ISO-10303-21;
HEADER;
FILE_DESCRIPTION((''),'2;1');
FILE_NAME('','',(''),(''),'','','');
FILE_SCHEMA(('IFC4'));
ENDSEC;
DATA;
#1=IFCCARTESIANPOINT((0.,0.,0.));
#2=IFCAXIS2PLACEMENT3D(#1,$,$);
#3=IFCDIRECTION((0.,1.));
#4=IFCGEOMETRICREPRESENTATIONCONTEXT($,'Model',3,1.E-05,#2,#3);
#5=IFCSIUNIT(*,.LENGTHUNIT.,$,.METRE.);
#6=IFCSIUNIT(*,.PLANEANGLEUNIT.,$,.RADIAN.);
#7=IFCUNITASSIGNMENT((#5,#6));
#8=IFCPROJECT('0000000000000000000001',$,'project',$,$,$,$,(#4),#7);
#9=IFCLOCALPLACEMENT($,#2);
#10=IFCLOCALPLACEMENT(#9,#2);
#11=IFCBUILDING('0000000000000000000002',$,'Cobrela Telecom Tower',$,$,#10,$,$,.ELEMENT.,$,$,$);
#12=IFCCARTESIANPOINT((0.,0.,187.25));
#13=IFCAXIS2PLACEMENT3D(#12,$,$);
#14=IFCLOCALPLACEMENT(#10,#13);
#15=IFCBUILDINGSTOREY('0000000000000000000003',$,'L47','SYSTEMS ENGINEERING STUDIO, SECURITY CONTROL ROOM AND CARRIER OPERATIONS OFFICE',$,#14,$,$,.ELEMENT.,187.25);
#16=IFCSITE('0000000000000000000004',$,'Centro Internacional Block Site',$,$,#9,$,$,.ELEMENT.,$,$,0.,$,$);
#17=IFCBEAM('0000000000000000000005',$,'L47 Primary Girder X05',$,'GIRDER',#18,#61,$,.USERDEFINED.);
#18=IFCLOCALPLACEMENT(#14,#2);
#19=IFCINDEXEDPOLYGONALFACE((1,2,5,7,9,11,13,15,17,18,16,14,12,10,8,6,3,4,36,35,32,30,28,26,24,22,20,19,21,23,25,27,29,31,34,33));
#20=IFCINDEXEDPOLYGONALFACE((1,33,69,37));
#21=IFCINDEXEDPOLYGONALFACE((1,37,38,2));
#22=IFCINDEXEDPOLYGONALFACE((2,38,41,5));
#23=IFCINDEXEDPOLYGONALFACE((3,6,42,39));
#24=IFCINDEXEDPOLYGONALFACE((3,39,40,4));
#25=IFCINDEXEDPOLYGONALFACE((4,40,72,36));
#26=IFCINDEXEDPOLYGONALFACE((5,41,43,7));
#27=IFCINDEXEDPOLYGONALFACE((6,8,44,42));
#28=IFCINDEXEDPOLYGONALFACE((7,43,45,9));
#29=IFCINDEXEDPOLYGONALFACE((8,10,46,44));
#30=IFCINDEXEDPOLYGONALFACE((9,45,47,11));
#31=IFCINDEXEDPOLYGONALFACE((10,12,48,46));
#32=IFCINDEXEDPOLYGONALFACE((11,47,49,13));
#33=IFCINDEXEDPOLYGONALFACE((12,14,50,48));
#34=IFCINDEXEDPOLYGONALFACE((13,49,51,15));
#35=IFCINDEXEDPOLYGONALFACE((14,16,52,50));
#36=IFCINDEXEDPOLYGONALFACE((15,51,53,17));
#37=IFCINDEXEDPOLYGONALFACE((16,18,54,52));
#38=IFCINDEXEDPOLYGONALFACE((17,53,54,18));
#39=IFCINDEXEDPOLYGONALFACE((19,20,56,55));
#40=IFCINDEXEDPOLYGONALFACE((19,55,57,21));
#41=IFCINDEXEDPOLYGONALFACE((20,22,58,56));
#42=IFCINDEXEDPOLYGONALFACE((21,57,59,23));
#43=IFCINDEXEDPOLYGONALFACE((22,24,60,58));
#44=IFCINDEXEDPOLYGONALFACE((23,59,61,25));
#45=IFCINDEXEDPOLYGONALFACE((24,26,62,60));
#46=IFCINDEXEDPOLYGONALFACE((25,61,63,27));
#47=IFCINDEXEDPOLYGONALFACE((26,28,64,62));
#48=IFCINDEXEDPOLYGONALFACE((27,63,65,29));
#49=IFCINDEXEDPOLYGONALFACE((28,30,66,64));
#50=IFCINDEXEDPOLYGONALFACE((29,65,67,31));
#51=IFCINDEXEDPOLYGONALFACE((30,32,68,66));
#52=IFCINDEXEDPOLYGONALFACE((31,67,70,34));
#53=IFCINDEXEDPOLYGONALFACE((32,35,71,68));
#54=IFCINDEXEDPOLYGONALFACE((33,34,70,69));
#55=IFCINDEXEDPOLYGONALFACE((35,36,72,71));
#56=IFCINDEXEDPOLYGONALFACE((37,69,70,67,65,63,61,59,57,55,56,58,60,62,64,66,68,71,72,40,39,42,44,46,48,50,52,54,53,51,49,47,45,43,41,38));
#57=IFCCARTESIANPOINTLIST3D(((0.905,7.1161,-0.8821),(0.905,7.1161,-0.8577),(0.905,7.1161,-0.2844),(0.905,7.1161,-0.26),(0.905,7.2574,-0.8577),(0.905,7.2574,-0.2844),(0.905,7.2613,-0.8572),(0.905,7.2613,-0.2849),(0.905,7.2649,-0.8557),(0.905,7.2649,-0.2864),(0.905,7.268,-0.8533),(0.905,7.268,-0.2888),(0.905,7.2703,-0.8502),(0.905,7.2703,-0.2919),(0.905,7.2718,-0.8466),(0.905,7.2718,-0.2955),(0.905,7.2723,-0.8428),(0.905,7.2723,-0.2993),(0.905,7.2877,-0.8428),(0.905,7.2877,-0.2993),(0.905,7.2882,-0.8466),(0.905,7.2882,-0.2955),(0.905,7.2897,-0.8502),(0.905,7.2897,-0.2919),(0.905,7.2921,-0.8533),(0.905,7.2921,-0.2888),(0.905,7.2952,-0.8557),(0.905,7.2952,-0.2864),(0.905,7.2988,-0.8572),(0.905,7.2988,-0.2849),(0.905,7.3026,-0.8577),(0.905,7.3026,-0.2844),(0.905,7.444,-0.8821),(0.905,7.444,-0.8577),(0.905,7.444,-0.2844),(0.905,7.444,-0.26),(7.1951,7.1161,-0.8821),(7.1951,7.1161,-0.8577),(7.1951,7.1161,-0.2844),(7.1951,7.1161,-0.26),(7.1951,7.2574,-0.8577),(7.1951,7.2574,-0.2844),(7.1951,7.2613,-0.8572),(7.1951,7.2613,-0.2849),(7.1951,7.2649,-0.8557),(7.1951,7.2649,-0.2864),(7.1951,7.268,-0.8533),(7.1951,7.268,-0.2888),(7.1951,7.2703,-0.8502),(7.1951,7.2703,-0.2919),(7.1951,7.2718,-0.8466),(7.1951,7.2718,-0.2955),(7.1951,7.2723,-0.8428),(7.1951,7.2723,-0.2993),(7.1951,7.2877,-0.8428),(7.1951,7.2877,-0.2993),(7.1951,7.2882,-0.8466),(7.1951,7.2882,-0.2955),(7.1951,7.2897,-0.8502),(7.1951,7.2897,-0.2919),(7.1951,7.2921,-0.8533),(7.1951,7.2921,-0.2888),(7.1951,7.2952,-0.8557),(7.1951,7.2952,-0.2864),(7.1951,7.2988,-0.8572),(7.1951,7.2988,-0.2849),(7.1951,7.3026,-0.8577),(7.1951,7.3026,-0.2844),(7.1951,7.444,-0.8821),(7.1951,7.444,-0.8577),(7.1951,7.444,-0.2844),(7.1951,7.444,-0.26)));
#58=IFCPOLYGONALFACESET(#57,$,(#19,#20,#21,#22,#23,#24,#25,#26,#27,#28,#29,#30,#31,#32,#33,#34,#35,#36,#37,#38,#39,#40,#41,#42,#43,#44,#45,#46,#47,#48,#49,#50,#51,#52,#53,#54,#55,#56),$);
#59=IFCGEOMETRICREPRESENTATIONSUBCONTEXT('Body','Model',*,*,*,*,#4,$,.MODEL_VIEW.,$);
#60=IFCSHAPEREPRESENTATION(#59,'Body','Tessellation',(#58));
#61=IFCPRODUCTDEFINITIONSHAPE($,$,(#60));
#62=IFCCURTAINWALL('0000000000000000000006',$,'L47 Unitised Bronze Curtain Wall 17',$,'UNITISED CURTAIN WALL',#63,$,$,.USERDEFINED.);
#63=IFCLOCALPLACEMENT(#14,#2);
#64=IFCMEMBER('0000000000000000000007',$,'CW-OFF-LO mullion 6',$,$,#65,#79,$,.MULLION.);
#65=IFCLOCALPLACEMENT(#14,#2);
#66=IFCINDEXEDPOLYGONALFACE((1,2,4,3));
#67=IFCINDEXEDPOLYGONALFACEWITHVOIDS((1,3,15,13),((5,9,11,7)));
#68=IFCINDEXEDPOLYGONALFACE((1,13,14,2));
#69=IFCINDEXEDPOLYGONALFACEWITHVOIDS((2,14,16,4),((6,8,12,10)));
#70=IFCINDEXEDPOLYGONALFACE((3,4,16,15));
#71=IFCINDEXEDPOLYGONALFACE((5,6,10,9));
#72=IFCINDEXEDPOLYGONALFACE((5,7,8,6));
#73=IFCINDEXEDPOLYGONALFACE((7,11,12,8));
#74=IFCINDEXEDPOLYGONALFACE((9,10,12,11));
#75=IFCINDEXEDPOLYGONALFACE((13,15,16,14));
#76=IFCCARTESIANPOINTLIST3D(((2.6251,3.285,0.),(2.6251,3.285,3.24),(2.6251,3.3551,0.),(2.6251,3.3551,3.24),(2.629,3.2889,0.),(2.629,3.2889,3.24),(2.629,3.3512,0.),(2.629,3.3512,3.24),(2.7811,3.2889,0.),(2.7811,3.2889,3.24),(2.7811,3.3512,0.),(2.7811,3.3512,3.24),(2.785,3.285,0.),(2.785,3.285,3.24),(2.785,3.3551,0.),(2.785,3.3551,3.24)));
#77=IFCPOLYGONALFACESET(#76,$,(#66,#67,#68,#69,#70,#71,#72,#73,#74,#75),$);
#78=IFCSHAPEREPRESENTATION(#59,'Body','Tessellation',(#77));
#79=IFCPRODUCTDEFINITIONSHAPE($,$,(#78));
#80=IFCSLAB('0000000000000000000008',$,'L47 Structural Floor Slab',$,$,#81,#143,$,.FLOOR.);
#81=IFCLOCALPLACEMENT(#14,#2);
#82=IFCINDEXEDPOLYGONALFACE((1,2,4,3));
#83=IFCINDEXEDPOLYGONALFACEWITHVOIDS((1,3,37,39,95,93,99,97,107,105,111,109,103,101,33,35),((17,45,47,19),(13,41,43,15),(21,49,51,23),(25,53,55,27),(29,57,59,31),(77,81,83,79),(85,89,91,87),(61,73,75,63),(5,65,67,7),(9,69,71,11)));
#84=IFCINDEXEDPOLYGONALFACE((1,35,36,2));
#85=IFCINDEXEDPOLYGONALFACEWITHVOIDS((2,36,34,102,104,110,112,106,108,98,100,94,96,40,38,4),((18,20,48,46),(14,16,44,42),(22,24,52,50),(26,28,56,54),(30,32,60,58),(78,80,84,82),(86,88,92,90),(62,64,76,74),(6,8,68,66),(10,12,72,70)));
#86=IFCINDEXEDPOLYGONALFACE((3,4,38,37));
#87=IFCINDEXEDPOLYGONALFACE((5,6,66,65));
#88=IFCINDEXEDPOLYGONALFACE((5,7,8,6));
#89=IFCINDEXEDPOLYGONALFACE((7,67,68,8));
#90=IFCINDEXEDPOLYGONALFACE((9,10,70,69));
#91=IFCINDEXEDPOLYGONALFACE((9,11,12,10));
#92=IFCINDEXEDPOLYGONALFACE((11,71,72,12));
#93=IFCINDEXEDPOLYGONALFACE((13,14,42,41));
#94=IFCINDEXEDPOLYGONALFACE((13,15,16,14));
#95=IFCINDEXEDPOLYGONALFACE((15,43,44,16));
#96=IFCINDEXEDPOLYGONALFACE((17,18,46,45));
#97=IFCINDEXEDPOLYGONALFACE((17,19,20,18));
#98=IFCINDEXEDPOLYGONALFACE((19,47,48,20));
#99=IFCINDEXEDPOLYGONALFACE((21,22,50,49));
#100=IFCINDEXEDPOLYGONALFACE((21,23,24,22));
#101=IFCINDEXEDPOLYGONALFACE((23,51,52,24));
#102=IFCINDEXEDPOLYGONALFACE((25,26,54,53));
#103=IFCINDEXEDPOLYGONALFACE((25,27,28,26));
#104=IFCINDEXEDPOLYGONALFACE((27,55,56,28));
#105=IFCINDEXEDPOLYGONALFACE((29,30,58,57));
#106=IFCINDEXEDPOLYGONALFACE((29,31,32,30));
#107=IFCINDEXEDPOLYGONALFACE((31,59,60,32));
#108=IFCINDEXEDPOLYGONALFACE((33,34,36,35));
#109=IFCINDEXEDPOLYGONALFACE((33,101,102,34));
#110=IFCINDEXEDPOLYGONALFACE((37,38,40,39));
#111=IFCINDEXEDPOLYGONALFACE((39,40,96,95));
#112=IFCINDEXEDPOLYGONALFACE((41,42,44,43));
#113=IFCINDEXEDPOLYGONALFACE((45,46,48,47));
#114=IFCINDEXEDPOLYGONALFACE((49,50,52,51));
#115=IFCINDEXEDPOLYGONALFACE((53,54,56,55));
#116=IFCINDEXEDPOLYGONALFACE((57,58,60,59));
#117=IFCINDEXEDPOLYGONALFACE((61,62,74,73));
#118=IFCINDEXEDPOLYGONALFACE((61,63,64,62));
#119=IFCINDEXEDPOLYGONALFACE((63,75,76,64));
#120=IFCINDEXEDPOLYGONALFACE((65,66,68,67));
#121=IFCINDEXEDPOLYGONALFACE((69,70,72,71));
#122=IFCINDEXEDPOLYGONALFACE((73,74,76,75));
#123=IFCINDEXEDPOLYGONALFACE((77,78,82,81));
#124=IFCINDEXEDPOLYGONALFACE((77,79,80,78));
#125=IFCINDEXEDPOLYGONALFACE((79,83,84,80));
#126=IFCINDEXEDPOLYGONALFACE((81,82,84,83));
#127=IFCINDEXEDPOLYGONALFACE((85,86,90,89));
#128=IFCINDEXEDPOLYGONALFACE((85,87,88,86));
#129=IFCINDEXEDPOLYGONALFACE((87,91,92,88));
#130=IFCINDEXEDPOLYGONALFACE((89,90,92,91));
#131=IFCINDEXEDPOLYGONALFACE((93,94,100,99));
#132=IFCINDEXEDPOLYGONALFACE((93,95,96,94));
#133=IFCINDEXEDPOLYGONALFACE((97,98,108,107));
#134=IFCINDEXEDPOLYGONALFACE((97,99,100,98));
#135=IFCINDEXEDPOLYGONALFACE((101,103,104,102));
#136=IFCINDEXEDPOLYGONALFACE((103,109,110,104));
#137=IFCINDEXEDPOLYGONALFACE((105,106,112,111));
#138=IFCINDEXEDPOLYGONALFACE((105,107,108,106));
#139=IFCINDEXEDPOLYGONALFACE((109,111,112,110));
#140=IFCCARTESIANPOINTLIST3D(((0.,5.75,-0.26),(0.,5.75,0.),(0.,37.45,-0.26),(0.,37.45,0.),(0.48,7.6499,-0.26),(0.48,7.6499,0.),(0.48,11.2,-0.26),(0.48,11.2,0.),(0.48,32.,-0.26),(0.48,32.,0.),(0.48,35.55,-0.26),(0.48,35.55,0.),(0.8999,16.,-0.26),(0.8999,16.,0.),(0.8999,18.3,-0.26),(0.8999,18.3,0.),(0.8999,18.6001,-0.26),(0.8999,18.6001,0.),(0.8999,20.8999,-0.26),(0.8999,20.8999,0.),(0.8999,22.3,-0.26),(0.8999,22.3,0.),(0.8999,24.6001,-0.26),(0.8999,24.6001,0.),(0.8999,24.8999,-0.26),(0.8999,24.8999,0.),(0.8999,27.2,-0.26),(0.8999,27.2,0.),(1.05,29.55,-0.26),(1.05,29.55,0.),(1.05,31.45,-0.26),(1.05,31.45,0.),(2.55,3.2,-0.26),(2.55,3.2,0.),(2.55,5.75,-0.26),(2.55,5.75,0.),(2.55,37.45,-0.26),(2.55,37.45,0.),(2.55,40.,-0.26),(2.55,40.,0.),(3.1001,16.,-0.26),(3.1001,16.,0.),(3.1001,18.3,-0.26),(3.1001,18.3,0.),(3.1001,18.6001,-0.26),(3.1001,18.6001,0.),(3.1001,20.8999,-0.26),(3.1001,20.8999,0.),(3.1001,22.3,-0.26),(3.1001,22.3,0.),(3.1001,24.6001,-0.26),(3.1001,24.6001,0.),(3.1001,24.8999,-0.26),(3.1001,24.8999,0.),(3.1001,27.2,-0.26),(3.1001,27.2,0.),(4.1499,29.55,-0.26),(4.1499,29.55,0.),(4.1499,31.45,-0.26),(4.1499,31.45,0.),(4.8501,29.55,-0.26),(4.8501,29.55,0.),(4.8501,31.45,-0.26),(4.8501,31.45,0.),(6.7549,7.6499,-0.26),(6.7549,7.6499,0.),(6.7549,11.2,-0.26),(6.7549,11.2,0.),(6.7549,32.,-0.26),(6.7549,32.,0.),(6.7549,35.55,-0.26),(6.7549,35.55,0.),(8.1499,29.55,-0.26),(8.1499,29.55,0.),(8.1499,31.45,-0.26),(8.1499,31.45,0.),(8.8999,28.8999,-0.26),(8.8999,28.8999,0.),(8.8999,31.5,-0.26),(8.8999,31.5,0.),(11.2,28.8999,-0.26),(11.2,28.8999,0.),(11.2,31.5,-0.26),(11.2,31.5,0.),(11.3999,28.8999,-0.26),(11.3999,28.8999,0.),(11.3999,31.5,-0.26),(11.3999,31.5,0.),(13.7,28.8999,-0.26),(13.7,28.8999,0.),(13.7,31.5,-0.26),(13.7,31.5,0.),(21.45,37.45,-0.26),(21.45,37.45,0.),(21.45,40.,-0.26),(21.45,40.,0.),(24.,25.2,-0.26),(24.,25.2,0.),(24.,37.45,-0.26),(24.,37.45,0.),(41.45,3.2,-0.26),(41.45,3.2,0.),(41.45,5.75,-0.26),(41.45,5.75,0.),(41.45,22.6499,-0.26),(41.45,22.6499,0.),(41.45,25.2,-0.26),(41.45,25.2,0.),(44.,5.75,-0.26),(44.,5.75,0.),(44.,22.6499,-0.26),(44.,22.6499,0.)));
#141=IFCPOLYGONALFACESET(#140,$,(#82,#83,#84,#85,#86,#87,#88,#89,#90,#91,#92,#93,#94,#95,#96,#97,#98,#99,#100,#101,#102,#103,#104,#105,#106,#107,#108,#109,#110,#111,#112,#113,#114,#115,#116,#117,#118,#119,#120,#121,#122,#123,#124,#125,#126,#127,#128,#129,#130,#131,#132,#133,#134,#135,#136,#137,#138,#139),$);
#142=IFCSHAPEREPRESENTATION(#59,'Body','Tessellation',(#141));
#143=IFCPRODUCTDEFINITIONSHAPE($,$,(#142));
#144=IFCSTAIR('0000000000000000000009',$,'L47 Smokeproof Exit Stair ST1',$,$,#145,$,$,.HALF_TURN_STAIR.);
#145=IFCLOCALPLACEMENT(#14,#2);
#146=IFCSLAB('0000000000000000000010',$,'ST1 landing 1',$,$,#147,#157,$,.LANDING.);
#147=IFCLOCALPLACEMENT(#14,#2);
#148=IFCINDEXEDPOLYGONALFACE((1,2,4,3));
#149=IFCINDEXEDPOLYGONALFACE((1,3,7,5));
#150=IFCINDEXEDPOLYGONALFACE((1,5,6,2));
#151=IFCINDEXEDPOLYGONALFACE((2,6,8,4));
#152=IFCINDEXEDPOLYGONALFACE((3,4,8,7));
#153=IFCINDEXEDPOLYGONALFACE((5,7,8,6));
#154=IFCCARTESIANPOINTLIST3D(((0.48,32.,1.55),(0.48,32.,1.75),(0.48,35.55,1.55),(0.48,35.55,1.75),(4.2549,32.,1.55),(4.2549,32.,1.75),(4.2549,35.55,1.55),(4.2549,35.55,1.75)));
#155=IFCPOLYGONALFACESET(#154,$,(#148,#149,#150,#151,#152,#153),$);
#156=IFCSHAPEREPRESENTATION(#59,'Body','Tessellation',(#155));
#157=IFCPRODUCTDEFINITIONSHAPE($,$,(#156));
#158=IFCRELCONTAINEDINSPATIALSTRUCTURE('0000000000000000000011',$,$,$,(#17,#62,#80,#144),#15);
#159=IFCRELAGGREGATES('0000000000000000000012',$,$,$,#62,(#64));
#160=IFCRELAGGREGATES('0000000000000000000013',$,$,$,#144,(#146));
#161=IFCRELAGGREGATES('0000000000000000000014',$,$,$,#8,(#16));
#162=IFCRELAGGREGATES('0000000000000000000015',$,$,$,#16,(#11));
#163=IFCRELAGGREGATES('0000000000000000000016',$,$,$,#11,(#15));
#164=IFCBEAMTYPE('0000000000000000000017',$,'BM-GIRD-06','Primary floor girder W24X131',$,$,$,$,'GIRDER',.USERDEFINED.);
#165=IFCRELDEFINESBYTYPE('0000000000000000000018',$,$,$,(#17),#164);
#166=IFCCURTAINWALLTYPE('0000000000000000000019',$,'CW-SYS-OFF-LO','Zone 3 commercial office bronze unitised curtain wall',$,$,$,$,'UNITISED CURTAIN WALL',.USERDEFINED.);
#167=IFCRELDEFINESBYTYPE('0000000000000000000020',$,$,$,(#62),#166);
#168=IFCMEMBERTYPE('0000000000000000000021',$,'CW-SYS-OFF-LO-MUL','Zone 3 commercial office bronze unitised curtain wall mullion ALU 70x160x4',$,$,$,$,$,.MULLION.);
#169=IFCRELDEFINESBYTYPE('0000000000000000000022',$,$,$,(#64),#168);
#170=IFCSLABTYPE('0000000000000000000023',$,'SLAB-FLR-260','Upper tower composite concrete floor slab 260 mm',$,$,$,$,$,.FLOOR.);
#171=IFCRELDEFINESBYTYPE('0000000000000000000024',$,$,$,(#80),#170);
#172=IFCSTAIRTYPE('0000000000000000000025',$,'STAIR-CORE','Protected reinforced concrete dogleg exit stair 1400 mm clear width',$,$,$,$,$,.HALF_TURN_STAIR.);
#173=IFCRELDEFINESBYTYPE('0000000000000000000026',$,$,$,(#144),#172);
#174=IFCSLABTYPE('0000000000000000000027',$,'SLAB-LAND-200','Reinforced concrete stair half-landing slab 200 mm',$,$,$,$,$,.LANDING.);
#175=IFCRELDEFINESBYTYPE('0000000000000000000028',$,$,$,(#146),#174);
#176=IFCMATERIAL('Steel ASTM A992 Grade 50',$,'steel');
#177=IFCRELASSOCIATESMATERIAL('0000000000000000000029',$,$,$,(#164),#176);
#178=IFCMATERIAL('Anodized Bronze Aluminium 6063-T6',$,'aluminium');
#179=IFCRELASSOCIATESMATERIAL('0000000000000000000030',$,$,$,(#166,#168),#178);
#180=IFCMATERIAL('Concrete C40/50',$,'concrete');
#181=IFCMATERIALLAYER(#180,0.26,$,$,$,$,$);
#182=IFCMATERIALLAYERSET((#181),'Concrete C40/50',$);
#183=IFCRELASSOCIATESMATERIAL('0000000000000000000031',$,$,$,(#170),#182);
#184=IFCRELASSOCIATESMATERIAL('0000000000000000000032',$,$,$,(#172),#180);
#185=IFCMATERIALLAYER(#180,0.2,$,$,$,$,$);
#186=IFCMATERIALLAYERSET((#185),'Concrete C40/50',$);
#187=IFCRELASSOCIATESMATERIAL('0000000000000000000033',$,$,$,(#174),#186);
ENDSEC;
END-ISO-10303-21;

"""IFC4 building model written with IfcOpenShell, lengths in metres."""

from ifc_helpers import new_model, si_unit, direction, frame, origin, origin_2d, place, context, subcontext, project, spatial, polyline, hollow_rectangle, i_section, outline, extrude, material, layer, layer_set, material_profile, profile_set, type_object, element, aggregate, save


model = new_model("IFC4")

# Units and contexts
model_context = context("Model", 3, precision=1e-05, world=origin(), true_north=direction((0.0, 1.0)))
body_context = subcontext(model_context, "Body", "Model", "MODEL_VIEW")
ifc_project = project(units=[si_unit("LENGTHUNIT", "METRE"), si_unit("PLANEANGLEUNIT", "RADIAN")], contexts=[model_context])

# Site, building, storey
site_placement = place(None, origin())
site = spatial("IfcSite", under=ifc_project, at=site_placement, Name="Centro Internacional Block Site", CompositionType="ELEMENT", RefElevation=0.0)
building_placement = place(site_placement, origin())
building = spatial("IfcBuilding", under=site, at=building_placement, Name="Cobrela Telecom Tower", CompositionType="ELEMENT")
storey_placement = place(building_placement, frame((0.0, 0.0, 187.25)))
storey = spatial("IfcBuildingStorey", under=building, at=storey_placement, Name="L47", Description="SYSTEMS ENGINEERING STUDIO, SECURITY CONTROL ROOM AND CARRIER OPERATIONS OFFICE", CompositionType="ELEMENT", Elevation=187.25)

# Beam
ifc_material_1 = material(Name="Steel ASTM A992 Grade 50", Category="steel")
ifc_material_profile_1 = material_profile(ifc_material_1, i_section(OverallWidth=0.3279, OverallDepth=0.6221, WebThickness=0.0154, FlangeThickness=0.0244, FilletRadius=0.0149, at=origin_2d()), Name="W24X131")
ifc_profile_set_1 = profile_set([ifc_material_profile_1], Name="Steel ASTM A992 Grade 50")
beam_type = type_object("IfcBeamType", Name="BM-GIRD-06", Description="Primary floor girder W24X131", ElementType="GIRDER", PredefinedType="USERDEFINED", material=ifc_profile_set_1)
beam_placement = place(storey_placement, frame((0.905, 7.28, -0.571), z_axis=(1.0, 0.0, 0.0), x_axis=(0.0, 1.0, 0.0)))
element("IfcBeam", 1, at=beam_placement, inside=storey, type_object=beam_type, Name="L47 Primary Girder X05", ObjectType="GIRDER", PredefinedType="USERDEFINED", context=body_context, shape_type="SweptSolid", body=[
    extrude(i_section(OverallWidth=0.3279, OverallDepth=0.6221, WebThickness=0.0154, FlangeThickness=0.0244, FilletRadius=0.0149, at=origin_2d()), origin(), (0.0, 0.0, 1.0), 6.29),
])

# Curtain wall, member
ifc_material_2 = material(Name="Anodized Bronze Aluminium 6063-T6", Category="aluminium")
curtain_wall_type = type_object("IfcCurtainWallType", Name="CW-SYS-OFF-LO", Description="Zone 3 commercial office bronze unitised curtain wall", ElementType="UNITISED CURTAIN WALL", PredefinedType="USERDEFINED", material=ifc_material_2)
curtain_wall_placement = place(storey_placement, origin())
curtain_wall = element("IfcCurtainWall", 2, at=curtain_wall_placement, inside=storey, type_object=curtain_wall_type, Name="L47 Unitised Bronze Curtain Wall 17", ObjectType="UNITISED CURTAIN WALL", PredefinedType="USERDEFINED")
ifc_material_profile_2 = material_profile(ifc_material_2, hollow_rectangle(XDim=0.0701, YDim=0.1599, WallThickness=0.0039, at=origin_2d()), Name="ALU 70x160x4")
ifc_profile_set_2 = profile_set([ifc_material_profile_2], Name="Anodized Bronze Aluminium 6063-T6")
member_type = type_object("IfcMemberType", Name="CW-SYS-OFF-LO-MUL", Description="Zone 3 commercial office bronze unitised curtain wall mullion ALU 70x160x4", PredefinedType="MULLION", material=ifc_profile_set_2)
member_placement = place(storey_placement, frame((2.7051, 3.3201, 0.0), z_axis=(0.0, 0.0, 1.0), x_axis=(0.0, -1.0, 0.0)))
member = element("IfcMember", 3, at=member_placement, type_object=member_type, Name="CW-OFF-LO mullion 6", PredefinedType="MULLION", context=body_context, shape_type="SweptSolid", body=[
    extrude(hollow_rectangle(XDim=0.0701, YDim=0.1599, WallThickness=0.0039, at=origin_2d()), origin(), (0.0, 0.0, 1.0), 3.24),
])
aggregate(curtain_wall, [member])

# Slab, openings
ifc_material_3 = material(Name="Concrete C40/50", Category="concrete")
ifc_layer_1 = layer(ifc_material_3, 0.26)
ifc_layer_set_1 = layer_set([ifc_layer_1], Name="Concrete C40/50")
slab_type_1 = type_object("IfcSlabType", Name="SLAB-FLR-260", Description="Upper tower composite concrete floor slab 260 mm", PredefinedType="FLOOR", material=ifc_layer_set_1)
slab_1_placement = place(storey_placement, frame((0.0, 0.0, -0.26)))
slab_1 = element("IfcSlab", 4, at=slab_1_placement, inside=storey, type_object=slab_type_1, Name="L47 Structural Floor Slab", PredefinedType="FLOOR", context=body_context, shape_type="SweptSolid", body=[
    extrude(outline(polyline([(2.55, 3.2), (41.45, 3.2), (41.45, 5.75), (44.0, 5.75), (44.0, 22.6499), (41.45, 22.6499), (41.45, 25.2), (24.0, 25.2), (24.0, 37.45), (21.45, 37.45), (21.45, 40.0), (2.55, 40.0), (2.55, 37.45), (0.0, 37.45), (0.0, 5.75), (2.55, 5.75), (2.55, 3.2)])), origin(), (0.0, 0.0, 1.0), 0.26),
])
opening_1_placement = place(slab_1_placement, frame((0.0, 0.0, -0.02)))
element("IfcOpeningElement", 5, at=opening_1_placement, cuts=slab_1, PredefinedType="OPENING", context=body_context, shape_type="SweptSolid", body=[
    extrude(outline(polyline([(8.8999, 28.8999), (11.2, 28.8999), (11.2, 31.5), (8.8999, 31.5), (8.8999, 28.8999)])), origin(), (0.0, 0.0, 1.0), 0.3),
])
opening_2_placement = place(slab_1_placement, frame((0.0, 0.0, -0.02)))
element("IfcOpeningElement", 6, at=opening_2_placement, cuts=slab_1, PredefinedType="OPENING", context=body_context, shape_type="SweptSolid", body=[
    extrude(outline(polyline([(11.3999, 28.8999), (13.7, 28.8999), (13.7, 31.5), (11.3999, 31.5), (11.3999, 28.8999)])), origin(), (0.0, 0.0, 1.0), 0.3),
])
opening_3_placement = place(slab_1_placement, frame((0.0, 0.0, -0.02)))
element("IfcOpeningElement", 7, at=opening_3_placement, cuts=slab_1, PredefinedType="OPENING", context=body_context, shape_type="SweptSolid", body=[
    extrude(outline(polyline([(0.8999, 16.0), (3.1001, 16.0), (3.1001, 18.3), (0.8999, 18.3), (0.8999, 16.0)])), origin(), (0.0, 0.0, 1.0), 0.3),
])
opening_4_placement = place(slab_1_placement, frame((0.0, 0.0, -0.02)))
element("IfcOpeningElement", 8, at=opening_4_placement, cuts=slab_1, PredefinedType="OPENING", context=body_context, shape_type="SweptSolid", body=[
    extrude(outline(polyline([(0.8999, 18.6001), (3.1001, 18.6001), (3.1001, 20.8999), (0.8999, 20.8999), (0.8999, 18.6001)])), origin(), (0.0, 0.0, 1.0), 0.3),
])
opening_5_placement = place(slab_1_placement, frame((0.0, 0.0, -0.02)))
element("IfcOpeningElement", 9, at=opening_5_placement, cuts=slab_1, PredefinedType="OPENING", context=body_context, shape_type="SweptSolid", body=[
    extrude(outline(polyline([(0.8999, 22.3), (3.1001, 22.3), (3.1001, 24.6001), (0.8999, 24.6001), (0.8999, 22.3)])), origin(), (0.0, 0.0, 1.0), 0.3),
])
opening_6_placement = place(slab_1_placement, frame((0.0, 0.0, -0.02)))
element("IfcOpeningElement", 10, at=opening_6_placement, cuts=slab_1, PredefinedType="OPENING", context=body_context, shape_type="SweptSolid", body=[
    extrude(outline(polyline([(0.8999, 24.8999), (3.1001, 24.8999), (3.1001, 27.2), (0.8999, 27.2), (0.8999, 24.8999)])), origin(), (0.0, 0.0, 1.0), 0.3),
])
opening_7_placement = place(slab_1_placement, frame((0.0, 0.0, -0.02)))
element("IfcOpeningElement", 11, at=opening_7_placement, cuts=slab_1, PredefinedType="OPENING", context=body_context, shape_type="SweptSolid", body=[
    extrude(outline(polyline([(1.05, 29.55), (4.1499, 29.55), (4.1499, 31.45), (1.05, 31.45), (1.05, 29.55)])), origin(), (0.0, 0.0, 1.0), 0.3),
])
opening_8_placement = place(slab_1_placement, frame((0.0, 0.0, -0.02)))
element("IfcOpeningElement", 12, at=opening_8_placement, cuts=slab_1, PredefinedType="OPENING", context=body_context, shape_type="SweptSolid", body=[
    extrude(outline(polyline([(4.8501, 29.55), (8.1499, 29.55), (8.1499, 31.45), (4.8501, 31.45), (4.8501, 29.55)])), origin(), (0.0, 0.0, 1.0), 0.3),
])
opening_9_placement = place(slab_1_placement, frame((0.0, 0.0, -0.02)))
element("IfcOpeningElement", 13, at=opening_9_placement, cuts=slab_1, PredefinedType="OPENING", context=body_context, shape_type="SweptSolid", body=[
    extrude(outline(polyline([(6.7549, 35.55), (0.48, 35.55), (0.48, 32.0), (6.7549, 32.0), (6.7549, 35.55)])), origin(), (0.0, 0.0, 1.0), 0.3),
])
opening_10_placement = place(slab_1_placement, frame((0.0, 0.0, -0.02)))
element("IfcOpeningElement", 14, at=opening_10_placement, cuts=slab_1, PredefinedType="OPENING", context=body_context, shape_type="SweptSolid", body=[
    extrude(outline(polyline([(6.7549, 11.2), (0.48, 11.2), (0.48, 7.6499), (6.7549, 7.6499), (6.7549, 11.2)])), origin(), (0.0, 0.0, 1.0), 0.3),
])

# Stair, slab
stair_type = type_object("IfcStairType", Name="STAIR-CORE", Description="Protected reinforced concrete dogleg exit stair 1400 mm clear width", PredefinedType="HALF_TURN_STAIR", material=ifc_material_3)
stair_1_placement = place(storey_placement, origin())
stair_1 = element("IfcStair", 15, at=stair_1_placement, inside=storey, type_object=stair_type, Name="L47 Smokeproof Exit Stair ST1", PredefinedType="HALF_TURN_STAIR")
ifc_layer_2 = layer(ifc_material_3, 0.2)
ifc_layer_set_2 = layer_set([ifc_layer_2], Name="Concrete C40/50")
slab_type_2 = type_object("IfcSlabType", Name="SLAB-LAND-200", Description="Reinforced concrete stair half-landing slab 200 mm", PredefinedType="LANDING", material=ifc_layer_set_2)
slab_2_placement = place(storey_placement, frame((0.0, 0.0, 1.55)))
slab_2 = element("IfcSlab", 16, at=slab_2_placement, type_object=slab_type_2, Name="ST1 landing 1", PredefinedType="LANDING", context=body_context, shape_type="SweptSolid", body=[
    extrude(outline(polyline([(4.2549, 35.55), (0.48, 35.55), (0.48, 32.0), (4.2549, 32.0), (4.2549, 35.55)])), origin(), (0.0, 0.0, 1.0), 0.2),
])
aggregate(stair_1, [slab_2])

save(model, "model.ifc")
